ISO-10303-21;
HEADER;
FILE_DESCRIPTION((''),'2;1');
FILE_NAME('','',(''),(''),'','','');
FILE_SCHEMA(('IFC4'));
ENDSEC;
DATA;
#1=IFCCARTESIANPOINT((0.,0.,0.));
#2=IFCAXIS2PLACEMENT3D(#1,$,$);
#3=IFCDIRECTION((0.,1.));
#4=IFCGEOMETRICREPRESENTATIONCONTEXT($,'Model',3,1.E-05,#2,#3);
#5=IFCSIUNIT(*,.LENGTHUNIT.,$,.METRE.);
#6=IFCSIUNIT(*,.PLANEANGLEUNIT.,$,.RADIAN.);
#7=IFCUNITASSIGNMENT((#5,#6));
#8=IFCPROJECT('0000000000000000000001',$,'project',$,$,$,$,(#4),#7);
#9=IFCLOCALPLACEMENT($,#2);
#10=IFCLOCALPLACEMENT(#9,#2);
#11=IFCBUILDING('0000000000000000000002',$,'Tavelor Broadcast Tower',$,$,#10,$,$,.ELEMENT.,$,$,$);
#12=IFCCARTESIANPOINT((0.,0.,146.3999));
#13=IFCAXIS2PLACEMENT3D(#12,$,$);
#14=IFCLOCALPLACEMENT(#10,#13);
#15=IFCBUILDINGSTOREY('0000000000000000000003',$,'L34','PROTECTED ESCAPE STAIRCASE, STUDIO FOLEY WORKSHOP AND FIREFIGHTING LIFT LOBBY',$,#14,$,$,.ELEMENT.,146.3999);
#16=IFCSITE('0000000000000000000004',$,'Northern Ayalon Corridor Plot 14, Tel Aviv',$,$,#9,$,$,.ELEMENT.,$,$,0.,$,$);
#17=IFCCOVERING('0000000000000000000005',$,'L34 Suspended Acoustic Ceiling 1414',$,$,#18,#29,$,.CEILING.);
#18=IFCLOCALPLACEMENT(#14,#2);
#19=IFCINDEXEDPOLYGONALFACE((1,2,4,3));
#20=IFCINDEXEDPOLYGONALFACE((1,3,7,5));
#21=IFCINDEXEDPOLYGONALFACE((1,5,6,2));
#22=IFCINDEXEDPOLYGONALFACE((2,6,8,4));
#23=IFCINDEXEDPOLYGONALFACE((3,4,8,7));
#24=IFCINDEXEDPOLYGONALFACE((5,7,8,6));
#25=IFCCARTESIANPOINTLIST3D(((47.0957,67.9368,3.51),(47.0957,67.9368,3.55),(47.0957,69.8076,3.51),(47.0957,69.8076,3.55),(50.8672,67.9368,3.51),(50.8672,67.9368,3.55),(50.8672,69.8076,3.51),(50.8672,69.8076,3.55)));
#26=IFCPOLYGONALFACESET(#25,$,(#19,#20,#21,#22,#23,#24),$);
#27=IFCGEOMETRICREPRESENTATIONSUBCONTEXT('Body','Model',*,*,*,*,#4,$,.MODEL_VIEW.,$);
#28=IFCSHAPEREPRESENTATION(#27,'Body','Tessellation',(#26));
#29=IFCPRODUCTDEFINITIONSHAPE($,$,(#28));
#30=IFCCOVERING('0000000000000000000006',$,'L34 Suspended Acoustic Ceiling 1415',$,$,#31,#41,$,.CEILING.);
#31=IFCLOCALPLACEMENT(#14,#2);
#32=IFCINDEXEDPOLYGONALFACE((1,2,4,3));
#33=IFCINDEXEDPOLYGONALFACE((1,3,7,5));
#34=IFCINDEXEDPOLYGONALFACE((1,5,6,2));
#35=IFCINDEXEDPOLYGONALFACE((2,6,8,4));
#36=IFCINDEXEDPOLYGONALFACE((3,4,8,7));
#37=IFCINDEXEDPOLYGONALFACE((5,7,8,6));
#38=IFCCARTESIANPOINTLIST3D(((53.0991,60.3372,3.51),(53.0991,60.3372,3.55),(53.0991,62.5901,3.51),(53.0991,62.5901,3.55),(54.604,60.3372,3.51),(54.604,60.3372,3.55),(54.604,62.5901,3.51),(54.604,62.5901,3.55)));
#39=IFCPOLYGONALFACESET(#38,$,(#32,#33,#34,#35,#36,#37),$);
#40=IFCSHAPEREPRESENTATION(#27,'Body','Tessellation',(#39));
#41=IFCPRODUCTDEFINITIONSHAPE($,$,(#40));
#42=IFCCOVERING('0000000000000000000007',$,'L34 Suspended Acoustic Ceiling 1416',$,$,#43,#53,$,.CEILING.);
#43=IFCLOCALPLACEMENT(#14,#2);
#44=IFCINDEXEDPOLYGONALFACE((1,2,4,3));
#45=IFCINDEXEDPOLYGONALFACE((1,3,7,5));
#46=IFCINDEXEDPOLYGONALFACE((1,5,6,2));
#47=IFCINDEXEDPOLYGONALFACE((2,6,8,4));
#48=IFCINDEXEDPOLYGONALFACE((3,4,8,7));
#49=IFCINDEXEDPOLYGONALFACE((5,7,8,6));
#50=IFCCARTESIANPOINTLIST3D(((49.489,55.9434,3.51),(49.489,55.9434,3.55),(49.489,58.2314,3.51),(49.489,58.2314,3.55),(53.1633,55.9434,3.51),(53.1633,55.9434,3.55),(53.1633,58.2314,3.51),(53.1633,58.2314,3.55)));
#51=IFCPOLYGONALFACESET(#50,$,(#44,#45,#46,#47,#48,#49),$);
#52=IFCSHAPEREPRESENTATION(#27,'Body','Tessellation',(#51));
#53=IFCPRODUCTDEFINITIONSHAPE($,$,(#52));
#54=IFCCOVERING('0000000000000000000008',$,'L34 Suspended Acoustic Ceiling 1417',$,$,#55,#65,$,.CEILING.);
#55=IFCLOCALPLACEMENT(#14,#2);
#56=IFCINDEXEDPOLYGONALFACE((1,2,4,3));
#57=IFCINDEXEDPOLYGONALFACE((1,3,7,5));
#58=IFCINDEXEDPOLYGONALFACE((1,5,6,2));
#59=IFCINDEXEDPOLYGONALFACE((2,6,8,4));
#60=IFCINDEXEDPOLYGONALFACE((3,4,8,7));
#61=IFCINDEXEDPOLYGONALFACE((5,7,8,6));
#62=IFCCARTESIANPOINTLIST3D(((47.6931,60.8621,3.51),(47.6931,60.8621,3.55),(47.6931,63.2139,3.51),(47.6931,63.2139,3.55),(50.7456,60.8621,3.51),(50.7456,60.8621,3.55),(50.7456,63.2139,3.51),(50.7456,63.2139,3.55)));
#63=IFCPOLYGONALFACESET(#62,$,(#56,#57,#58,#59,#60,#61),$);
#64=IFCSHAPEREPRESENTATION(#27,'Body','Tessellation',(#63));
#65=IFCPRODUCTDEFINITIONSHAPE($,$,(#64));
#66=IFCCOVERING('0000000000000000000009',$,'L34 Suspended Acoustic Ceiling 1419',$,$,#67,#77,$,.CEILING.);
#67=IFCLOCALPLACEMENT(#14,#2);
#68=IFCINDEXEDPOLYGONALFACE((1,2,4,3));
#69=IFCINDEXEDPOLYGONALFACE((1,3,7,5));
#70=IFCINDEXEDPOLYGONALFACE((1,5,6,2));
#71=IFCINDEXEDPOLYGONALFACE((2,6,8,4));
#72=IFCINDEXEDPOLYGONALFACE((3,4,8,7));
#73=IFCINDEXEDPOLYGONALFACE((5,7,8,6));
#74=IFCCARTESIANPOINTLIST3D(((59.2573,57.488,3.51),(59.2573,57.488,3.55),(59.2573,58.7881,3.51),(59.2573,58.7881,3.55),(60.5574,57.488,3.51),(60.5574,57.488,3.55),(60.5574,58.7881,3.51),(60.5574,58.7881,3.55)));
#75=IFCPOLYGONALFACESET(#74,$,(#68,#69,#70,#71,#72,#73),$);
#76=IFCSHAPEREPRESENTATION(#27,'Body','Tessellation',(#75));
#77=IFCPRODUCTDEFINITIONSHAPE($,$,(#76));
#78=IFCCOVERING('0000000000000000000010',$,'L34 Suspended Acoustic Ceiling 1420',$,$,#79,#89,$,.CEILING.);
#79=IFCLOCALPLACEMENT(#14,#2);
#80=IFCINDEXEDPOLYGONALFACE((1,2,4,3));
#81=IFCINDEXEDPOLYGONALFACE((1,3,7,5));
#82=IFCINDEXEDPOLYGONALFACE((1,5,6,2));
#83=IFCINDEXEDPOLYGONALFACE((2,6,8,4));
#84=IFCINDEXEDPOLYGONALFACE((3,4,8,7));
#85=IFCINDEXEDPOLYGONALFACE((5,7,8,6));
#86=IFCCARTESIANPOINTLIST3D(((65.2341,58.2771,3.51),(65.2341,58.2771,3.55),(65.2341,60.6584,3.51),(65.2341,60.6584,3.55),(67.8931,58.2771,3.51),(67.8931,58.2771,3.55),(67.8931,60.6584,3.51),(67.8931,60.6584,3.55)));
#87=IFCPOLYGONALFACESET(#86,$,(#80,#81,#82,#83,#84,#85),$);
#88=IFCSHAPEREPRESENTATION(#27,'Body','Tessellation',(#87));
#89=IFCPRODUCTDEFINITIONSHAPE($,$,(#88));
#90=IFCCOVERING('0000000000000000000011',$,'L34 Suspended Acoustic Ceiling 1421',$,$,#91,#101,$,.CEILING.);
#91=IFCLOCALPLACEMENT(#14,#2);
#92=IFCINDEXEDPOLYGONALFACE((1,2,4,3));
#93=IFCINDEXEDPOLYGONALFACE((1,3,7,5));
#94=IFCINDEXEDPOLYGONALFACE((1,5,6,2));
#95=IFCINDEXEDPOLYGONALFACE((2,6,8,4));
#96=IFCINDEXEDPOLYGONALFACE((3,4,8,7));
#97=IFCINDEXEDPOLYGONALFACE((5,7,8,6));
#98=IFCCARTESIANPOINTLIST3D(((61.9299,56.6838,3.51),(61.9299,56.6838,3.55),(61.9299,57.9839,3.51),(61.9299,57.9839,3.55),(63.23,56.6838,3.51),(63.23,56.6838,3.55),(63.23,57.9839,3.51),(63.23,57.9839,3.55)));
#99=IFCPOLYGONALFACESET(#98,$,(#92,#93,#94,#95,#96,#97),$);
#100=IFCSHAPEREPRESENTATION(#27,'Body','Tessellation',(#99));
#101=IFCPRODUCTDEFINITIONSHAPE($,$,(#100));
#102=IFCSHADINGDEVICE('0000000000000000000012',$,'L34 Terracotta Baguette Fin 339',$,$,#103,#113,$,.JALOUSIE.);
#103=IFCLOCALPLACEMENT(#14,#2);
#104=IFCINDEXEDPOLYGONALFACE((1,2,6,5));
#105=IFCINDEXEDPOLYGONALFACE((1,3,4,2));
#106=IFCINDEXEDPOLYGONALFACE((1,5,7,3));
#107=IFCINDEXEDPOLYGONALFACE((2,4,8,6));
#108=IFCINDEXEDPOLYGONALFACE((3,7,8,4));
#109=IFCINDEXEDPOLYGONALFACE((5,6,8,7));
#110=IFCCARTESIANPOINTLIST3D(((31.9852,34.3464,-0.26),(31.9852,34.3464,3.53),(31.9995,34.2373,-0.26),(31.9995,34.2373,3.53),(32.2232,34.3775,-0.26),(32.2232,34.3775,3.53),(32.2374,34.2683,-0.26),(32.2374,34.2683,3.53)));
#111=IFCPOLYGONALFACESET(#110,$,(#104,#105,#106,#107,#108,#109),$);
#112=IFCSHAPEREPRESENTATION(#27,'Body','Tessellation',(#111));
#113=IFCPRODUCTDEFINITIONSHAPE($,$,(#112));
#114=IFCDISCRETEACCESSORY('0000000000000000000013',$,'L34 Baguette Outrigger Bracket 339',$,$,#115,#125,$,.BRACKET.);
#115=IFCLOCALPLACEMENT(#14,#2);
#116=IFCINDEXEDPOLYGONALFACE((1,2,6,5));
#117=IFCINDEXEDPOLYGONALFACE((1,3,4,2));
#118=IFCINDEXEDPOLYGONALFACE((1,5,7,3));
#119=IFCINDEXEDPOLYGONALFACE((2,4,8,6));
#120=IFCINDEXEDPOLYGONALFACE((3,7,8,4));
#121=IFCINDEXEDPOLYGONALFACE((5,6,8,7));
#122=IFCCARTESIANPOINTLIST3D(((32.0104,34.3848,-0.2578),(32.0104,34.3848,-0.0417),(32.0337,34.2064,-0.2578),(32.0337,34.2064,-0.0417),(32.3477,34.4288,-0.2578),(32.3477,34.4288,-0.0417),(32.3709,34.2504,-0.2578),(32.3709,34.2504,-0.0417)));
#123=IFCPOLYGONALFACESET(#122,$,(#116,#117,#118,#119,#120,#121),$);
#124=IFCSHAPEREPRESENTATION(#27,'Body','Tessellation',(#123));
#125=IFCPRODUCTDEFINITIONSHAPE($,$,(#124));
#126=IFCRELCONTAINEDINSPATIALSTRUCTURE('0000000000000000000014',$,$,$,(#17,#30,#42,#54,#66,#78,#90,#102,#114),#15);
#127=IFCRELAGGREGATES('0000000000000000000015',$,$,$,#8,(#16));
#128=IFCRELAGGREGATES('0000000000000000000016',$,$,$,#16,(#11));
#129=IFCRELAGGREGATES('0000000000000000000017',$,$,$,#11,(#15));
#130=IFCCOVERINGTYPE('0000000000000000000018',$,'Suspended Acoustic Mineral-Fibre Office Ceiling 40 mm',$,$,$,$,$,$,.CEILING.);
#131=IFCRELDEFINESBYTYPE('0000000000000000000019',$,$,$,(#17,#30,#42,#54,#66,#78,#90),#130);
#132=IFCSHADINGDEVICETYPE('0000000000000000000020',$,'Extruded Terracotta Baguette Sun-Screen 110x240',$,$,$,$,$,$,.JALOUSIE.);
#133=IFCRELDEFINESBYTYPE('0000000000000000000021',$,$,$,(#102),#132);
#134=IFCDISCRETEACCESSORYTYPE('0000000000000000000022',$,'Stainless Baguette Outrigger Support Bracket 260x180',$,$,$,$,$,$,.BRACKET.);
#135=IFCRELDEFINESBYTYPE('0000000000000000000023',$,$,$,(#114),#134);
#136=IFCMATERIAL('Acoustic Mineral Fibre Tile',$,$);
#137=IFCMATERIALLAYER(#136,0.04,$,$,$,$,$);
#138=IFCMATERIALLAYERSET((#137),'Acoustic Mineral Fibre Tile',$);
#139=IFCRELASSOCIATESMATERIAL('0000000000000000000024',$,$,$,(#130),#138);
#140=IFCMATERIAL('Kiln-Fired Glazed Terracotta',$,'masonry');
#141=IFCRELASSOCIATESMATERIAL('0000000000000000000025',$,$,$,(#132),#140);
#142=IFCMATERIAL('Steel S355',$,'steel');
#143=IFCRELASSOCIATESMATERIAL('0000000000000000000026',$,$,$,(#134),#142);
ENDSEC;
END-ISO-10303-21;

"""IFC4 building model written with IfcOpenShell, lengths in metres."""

from ifc_helpers import new_model, si_unit, direction, frame, origin, origin_2d, place, context, subcontext, project, spatial, polyline, rectangle, outline, extrude, source, transform, mapped, material, layer, layer_set, type_object, type_shapes, element, save


model = new_model("IFC4")

# Units and contexts
model_context = context("Model", 3, precision=1e-05, world=origin(), true_north=direction((0.0, 1.0)))
body_context = subcontext(model_context, "Body", "Model", "MODEL_VIEW")
ifc_project = project(units=[si_unit("LENGTHUNIT", "METRE"), si_unit("PLANEANGLEUNIT", "RADIAN")], contexts=[model_context])

# Site, building, storey
site_placement = place(None, origin())
site = spatial("IfcSite", under=ifc_project, at=site_placement, Name="Northern Ayalon Corridor Plot 14, Tel Aviv", CompositionType="ELEMENT", RefElevation=0.0)
building_placement = place(site_placement, origin())
building = spatial("IfcBuilding", under=site, at=building_placement, Name="Tavelor Broadcast Tower", CompositionType="ELEMENT")
storey_placement = place(building_placement, frame((0.0, 0.0, 146.3999)))
storey = spatial("IfcBuildingStorey", under=building, at=storey_placement, Name="L34", Description="PROTECTED ESCAPE STAIRCASE, STUDIO FOLEY WORKSHOP AND FIREFIGHTING LIFT LOBBY", CompositionType="ELEMENT", Elevation=146.3999)

# Coverings
ifc_material_1 = material(Name="Acoustic Mineral Fibre Tile")
ifc_layer_1 = layer(ifc_material_1, 0.04)
ifc_layer_set_1 = layer_set([ifc_layer_1], Name="Acoustic Mineral Fibre Tile")
covering_type_1 = type_object("IfcCoveringType", Name="Suspended Acoustic Mineral-Fibre Office Ceiling 40 mm", PredefinedType="CEILING", material=ifc_layer_set_1)
covering_1_placement = place(storey_placement, frame((0.0, 0.0, 3.51)))
element("IfcCovering", 1, at=covering_1_placement, inside=storey, type_object=covering_type_1, Name="L34 Suspended Acoustic Ceiling 1414", PredefinedType="CEILING", context=body_context, shape_type="SweptSolid", body=[
    extrude(outline(polyline([(47.0957, 67.9368), (50.8672, 67.9368), (50.8672, 69.8076), (47.0957, 69.8076), (47.0957, 67.9368)])), origin(), (0.0, 0.0, 1.0), 0.04),
])
covering_2_placement = place(storey_placement, frame((0.0, 0.0, 3.51)))
element("IfcCovering", 2, at=covering_2_placement, inside=storey, type_object=covering_type_1, Name="L34 Suspended Acoustic Ceiling 1415", PredefinedType="CEILING", context=body_context, shape_type="SweptSolid", body=[
    extrude(outline(polyline([(53.0991, 60.3372), (54.604, 60.3372), (54.604, 62.5901), (53.0991, 62.5901), (53.0991, 60.3372)])), origin(), (0.0, 0.0, 1.0), 0.04),
])
covering_3_placement = place(storey_placement, frame((0.0, 0.0, 3.51)))
element("IfcCovering", 3, at=covering_3_placement, inside=storey, type_object=covering_type_1, Name="L34 Suspended Acoustic Ceiling 1416", PredefinedType="CEILING", context=body_context, shape_type="SweptSolid", body=[
    extrude(outline(polyline([(49.489, 55.9434), (53.1633, 55.9434), (53.1633, 58.2314), (49.489, 58.2314), (49.489, 55.9434)])), origin(), (0.0, 0.0, 1.0), 0.04),
])
covering_4_placement = place(storey_placement, frame((0.0, 0.0, 3.51)))
element("IfcCovering", 4, at=covering_4_placement, inside=storey, type_object=covering_type_1, Name="L34 Suspended Acoustic Ceiling 1417", PredefinedType="CEILING", context=body_context, shape_type="SweptSolid", body=[
    extrude(outline(polyline([(47.6931, 60.8621), (50.7456, 60.8621), (50.7456, 63.2139), (47.6931, 63.2139), (47.6931, 60.8621)])), origin(), (0.0, 0.0, 1.0), 0.04),
])
covering_5_placement = place(storey_placement, frame((0.0, 0.0, 3.51)))
element("IfcCovering", 5, at=covering_5_placement, inside=storey, type_object=covering_type_1, Name="L34 Suspended Acoustic Ceiling 1419", PredefinedType="CEILING", context=body_context, shape_type="SweptSolid", body=[
    extrude(outline(polyline([(59.2573, 57.488), (60.5574, 57.488), (60.5574, 58.7881), (59.2573, 58.7881), (59.2573, 57.488)])), origin(), (0.0, 0.0, 1.0), 0.04),
])
covering_6_placement = place(storey_placement, frame((0.0, 0.0, 3.51)))
element("IfcCovering", 6, at=covering_6_placement, inside=storey, type_object=covering_type_1, Name="L34 Suspended Acoustic Ceiling 1420", PredefinedType="CEILING", context=body_context, shape_type="SweptSolid", body=[
    extrude(outline(polyline([(65.2341, 58.2771), (67.8931, 58.2771), (67.8931, 60.6584), (65.2341, 60.6584), (65.2341, 58.2771)])), origin(), (0.0, 0.0, 1.0), 0.04),
])
covering_7_placement = place(storey_placement, frame((0.0, 0.0, 3.51)))
element("IfcCovering", 7, at=covering_7_placement, inside=storey, type_object=covering_type_1, Name="L34 Suspended Acoustic Ceiling 1421", PredefinedType="CEILING", context=body_context, shape_type="SweptSolid", body=[
    extrude(outline(polyline([(61.9299, 56.6838), (63.23, 56.6838), (63.23, 57.9839), (61.9299, 57.9839), (61.9299, 56.6838)])), origin(), (0.0, 0.0, 1.0), 0.04),
])

# Shading device
ifc_material_2 = material(Name="Kiln-Fired Glazed Terracotta", Category="masonry")
shading_device_type = type_object("IfcShadingDeviceType", Name="Extruded Terracotta Baguette Sun-Screen 110x240", PredefinedType="JALOUSIE", material=ifc_material_2)
shared_shape_1 = source(origin(), body_context, "Body", "SweptSolid", [
    extrude(rectangle(XDim=0.1101, YDim=0.24, at=origin_2d()), origin(), (0.0, 0.0, 1.0), 3.79),
])
type_shapes(shading_device_type, [shared_shape_1])
shading_device_placement = place(storey_placement, frame((32.1113, 34.3074, -0.26), z_axis=(0.0, 0.0, 1.0), x_axis=(0.129315, -0.991604, 0.0)))
element("IfcShadingDevice", 8, at=shading_device_placement, inside=storey, type_object=shading_device_type, Name="L34 Terracotta Baguette Fin 339", PredefinedType="JALOUSIE", context=body_context, shape_type="MappedRepresentation", body=[
    mapped(shared_shape_1, transform((0.0, 0.0, 0.0), scale=1.0)),
])

# Discrete accessory
ifc_material_3 = material(Name="Steel S355", Category="steel")
discrete_accessory_type = type_object("IfcDiscreteAccessoryType", Name="Stainless Baguette Outrigger Support Bracket 260x180", PredefinedType="BRACKET", material=ifc_material_3)
shared_shape_2 = source(origin(), body_context, "Body", "SweptSolid", [
    extrude(rectangle(XDim=0.1799, YDim=0.3401, at=origin_2d()), origin(), (0.0, 0.0, 1.0), 0.2161),
])
type_shapes(discrete_accessory_type, [shared_shape_2])
discrete_accessory_placement = place(storey_placement, frame((32.1907, 34.3176, -0.2578), z_axis=(0.0, 0.0, 1.0), x_axis=(0.129315, -0.991604, 0.0)))
element("IfcDiscreteAccessory", 9, at=discrete_accessory_placement, inside=storey, type_object=discrete_accessory_type, Name="L34 Baguette Outrigger Bracket 339", PredefinedType="BRACKET", context=body_context, shape_type="MappedRepresentation", body=[
    mapped(shared_shape_2, transform((0.0, 0.0, 0.0), scale=1.0)),
])

save(model, "model.ifc")
